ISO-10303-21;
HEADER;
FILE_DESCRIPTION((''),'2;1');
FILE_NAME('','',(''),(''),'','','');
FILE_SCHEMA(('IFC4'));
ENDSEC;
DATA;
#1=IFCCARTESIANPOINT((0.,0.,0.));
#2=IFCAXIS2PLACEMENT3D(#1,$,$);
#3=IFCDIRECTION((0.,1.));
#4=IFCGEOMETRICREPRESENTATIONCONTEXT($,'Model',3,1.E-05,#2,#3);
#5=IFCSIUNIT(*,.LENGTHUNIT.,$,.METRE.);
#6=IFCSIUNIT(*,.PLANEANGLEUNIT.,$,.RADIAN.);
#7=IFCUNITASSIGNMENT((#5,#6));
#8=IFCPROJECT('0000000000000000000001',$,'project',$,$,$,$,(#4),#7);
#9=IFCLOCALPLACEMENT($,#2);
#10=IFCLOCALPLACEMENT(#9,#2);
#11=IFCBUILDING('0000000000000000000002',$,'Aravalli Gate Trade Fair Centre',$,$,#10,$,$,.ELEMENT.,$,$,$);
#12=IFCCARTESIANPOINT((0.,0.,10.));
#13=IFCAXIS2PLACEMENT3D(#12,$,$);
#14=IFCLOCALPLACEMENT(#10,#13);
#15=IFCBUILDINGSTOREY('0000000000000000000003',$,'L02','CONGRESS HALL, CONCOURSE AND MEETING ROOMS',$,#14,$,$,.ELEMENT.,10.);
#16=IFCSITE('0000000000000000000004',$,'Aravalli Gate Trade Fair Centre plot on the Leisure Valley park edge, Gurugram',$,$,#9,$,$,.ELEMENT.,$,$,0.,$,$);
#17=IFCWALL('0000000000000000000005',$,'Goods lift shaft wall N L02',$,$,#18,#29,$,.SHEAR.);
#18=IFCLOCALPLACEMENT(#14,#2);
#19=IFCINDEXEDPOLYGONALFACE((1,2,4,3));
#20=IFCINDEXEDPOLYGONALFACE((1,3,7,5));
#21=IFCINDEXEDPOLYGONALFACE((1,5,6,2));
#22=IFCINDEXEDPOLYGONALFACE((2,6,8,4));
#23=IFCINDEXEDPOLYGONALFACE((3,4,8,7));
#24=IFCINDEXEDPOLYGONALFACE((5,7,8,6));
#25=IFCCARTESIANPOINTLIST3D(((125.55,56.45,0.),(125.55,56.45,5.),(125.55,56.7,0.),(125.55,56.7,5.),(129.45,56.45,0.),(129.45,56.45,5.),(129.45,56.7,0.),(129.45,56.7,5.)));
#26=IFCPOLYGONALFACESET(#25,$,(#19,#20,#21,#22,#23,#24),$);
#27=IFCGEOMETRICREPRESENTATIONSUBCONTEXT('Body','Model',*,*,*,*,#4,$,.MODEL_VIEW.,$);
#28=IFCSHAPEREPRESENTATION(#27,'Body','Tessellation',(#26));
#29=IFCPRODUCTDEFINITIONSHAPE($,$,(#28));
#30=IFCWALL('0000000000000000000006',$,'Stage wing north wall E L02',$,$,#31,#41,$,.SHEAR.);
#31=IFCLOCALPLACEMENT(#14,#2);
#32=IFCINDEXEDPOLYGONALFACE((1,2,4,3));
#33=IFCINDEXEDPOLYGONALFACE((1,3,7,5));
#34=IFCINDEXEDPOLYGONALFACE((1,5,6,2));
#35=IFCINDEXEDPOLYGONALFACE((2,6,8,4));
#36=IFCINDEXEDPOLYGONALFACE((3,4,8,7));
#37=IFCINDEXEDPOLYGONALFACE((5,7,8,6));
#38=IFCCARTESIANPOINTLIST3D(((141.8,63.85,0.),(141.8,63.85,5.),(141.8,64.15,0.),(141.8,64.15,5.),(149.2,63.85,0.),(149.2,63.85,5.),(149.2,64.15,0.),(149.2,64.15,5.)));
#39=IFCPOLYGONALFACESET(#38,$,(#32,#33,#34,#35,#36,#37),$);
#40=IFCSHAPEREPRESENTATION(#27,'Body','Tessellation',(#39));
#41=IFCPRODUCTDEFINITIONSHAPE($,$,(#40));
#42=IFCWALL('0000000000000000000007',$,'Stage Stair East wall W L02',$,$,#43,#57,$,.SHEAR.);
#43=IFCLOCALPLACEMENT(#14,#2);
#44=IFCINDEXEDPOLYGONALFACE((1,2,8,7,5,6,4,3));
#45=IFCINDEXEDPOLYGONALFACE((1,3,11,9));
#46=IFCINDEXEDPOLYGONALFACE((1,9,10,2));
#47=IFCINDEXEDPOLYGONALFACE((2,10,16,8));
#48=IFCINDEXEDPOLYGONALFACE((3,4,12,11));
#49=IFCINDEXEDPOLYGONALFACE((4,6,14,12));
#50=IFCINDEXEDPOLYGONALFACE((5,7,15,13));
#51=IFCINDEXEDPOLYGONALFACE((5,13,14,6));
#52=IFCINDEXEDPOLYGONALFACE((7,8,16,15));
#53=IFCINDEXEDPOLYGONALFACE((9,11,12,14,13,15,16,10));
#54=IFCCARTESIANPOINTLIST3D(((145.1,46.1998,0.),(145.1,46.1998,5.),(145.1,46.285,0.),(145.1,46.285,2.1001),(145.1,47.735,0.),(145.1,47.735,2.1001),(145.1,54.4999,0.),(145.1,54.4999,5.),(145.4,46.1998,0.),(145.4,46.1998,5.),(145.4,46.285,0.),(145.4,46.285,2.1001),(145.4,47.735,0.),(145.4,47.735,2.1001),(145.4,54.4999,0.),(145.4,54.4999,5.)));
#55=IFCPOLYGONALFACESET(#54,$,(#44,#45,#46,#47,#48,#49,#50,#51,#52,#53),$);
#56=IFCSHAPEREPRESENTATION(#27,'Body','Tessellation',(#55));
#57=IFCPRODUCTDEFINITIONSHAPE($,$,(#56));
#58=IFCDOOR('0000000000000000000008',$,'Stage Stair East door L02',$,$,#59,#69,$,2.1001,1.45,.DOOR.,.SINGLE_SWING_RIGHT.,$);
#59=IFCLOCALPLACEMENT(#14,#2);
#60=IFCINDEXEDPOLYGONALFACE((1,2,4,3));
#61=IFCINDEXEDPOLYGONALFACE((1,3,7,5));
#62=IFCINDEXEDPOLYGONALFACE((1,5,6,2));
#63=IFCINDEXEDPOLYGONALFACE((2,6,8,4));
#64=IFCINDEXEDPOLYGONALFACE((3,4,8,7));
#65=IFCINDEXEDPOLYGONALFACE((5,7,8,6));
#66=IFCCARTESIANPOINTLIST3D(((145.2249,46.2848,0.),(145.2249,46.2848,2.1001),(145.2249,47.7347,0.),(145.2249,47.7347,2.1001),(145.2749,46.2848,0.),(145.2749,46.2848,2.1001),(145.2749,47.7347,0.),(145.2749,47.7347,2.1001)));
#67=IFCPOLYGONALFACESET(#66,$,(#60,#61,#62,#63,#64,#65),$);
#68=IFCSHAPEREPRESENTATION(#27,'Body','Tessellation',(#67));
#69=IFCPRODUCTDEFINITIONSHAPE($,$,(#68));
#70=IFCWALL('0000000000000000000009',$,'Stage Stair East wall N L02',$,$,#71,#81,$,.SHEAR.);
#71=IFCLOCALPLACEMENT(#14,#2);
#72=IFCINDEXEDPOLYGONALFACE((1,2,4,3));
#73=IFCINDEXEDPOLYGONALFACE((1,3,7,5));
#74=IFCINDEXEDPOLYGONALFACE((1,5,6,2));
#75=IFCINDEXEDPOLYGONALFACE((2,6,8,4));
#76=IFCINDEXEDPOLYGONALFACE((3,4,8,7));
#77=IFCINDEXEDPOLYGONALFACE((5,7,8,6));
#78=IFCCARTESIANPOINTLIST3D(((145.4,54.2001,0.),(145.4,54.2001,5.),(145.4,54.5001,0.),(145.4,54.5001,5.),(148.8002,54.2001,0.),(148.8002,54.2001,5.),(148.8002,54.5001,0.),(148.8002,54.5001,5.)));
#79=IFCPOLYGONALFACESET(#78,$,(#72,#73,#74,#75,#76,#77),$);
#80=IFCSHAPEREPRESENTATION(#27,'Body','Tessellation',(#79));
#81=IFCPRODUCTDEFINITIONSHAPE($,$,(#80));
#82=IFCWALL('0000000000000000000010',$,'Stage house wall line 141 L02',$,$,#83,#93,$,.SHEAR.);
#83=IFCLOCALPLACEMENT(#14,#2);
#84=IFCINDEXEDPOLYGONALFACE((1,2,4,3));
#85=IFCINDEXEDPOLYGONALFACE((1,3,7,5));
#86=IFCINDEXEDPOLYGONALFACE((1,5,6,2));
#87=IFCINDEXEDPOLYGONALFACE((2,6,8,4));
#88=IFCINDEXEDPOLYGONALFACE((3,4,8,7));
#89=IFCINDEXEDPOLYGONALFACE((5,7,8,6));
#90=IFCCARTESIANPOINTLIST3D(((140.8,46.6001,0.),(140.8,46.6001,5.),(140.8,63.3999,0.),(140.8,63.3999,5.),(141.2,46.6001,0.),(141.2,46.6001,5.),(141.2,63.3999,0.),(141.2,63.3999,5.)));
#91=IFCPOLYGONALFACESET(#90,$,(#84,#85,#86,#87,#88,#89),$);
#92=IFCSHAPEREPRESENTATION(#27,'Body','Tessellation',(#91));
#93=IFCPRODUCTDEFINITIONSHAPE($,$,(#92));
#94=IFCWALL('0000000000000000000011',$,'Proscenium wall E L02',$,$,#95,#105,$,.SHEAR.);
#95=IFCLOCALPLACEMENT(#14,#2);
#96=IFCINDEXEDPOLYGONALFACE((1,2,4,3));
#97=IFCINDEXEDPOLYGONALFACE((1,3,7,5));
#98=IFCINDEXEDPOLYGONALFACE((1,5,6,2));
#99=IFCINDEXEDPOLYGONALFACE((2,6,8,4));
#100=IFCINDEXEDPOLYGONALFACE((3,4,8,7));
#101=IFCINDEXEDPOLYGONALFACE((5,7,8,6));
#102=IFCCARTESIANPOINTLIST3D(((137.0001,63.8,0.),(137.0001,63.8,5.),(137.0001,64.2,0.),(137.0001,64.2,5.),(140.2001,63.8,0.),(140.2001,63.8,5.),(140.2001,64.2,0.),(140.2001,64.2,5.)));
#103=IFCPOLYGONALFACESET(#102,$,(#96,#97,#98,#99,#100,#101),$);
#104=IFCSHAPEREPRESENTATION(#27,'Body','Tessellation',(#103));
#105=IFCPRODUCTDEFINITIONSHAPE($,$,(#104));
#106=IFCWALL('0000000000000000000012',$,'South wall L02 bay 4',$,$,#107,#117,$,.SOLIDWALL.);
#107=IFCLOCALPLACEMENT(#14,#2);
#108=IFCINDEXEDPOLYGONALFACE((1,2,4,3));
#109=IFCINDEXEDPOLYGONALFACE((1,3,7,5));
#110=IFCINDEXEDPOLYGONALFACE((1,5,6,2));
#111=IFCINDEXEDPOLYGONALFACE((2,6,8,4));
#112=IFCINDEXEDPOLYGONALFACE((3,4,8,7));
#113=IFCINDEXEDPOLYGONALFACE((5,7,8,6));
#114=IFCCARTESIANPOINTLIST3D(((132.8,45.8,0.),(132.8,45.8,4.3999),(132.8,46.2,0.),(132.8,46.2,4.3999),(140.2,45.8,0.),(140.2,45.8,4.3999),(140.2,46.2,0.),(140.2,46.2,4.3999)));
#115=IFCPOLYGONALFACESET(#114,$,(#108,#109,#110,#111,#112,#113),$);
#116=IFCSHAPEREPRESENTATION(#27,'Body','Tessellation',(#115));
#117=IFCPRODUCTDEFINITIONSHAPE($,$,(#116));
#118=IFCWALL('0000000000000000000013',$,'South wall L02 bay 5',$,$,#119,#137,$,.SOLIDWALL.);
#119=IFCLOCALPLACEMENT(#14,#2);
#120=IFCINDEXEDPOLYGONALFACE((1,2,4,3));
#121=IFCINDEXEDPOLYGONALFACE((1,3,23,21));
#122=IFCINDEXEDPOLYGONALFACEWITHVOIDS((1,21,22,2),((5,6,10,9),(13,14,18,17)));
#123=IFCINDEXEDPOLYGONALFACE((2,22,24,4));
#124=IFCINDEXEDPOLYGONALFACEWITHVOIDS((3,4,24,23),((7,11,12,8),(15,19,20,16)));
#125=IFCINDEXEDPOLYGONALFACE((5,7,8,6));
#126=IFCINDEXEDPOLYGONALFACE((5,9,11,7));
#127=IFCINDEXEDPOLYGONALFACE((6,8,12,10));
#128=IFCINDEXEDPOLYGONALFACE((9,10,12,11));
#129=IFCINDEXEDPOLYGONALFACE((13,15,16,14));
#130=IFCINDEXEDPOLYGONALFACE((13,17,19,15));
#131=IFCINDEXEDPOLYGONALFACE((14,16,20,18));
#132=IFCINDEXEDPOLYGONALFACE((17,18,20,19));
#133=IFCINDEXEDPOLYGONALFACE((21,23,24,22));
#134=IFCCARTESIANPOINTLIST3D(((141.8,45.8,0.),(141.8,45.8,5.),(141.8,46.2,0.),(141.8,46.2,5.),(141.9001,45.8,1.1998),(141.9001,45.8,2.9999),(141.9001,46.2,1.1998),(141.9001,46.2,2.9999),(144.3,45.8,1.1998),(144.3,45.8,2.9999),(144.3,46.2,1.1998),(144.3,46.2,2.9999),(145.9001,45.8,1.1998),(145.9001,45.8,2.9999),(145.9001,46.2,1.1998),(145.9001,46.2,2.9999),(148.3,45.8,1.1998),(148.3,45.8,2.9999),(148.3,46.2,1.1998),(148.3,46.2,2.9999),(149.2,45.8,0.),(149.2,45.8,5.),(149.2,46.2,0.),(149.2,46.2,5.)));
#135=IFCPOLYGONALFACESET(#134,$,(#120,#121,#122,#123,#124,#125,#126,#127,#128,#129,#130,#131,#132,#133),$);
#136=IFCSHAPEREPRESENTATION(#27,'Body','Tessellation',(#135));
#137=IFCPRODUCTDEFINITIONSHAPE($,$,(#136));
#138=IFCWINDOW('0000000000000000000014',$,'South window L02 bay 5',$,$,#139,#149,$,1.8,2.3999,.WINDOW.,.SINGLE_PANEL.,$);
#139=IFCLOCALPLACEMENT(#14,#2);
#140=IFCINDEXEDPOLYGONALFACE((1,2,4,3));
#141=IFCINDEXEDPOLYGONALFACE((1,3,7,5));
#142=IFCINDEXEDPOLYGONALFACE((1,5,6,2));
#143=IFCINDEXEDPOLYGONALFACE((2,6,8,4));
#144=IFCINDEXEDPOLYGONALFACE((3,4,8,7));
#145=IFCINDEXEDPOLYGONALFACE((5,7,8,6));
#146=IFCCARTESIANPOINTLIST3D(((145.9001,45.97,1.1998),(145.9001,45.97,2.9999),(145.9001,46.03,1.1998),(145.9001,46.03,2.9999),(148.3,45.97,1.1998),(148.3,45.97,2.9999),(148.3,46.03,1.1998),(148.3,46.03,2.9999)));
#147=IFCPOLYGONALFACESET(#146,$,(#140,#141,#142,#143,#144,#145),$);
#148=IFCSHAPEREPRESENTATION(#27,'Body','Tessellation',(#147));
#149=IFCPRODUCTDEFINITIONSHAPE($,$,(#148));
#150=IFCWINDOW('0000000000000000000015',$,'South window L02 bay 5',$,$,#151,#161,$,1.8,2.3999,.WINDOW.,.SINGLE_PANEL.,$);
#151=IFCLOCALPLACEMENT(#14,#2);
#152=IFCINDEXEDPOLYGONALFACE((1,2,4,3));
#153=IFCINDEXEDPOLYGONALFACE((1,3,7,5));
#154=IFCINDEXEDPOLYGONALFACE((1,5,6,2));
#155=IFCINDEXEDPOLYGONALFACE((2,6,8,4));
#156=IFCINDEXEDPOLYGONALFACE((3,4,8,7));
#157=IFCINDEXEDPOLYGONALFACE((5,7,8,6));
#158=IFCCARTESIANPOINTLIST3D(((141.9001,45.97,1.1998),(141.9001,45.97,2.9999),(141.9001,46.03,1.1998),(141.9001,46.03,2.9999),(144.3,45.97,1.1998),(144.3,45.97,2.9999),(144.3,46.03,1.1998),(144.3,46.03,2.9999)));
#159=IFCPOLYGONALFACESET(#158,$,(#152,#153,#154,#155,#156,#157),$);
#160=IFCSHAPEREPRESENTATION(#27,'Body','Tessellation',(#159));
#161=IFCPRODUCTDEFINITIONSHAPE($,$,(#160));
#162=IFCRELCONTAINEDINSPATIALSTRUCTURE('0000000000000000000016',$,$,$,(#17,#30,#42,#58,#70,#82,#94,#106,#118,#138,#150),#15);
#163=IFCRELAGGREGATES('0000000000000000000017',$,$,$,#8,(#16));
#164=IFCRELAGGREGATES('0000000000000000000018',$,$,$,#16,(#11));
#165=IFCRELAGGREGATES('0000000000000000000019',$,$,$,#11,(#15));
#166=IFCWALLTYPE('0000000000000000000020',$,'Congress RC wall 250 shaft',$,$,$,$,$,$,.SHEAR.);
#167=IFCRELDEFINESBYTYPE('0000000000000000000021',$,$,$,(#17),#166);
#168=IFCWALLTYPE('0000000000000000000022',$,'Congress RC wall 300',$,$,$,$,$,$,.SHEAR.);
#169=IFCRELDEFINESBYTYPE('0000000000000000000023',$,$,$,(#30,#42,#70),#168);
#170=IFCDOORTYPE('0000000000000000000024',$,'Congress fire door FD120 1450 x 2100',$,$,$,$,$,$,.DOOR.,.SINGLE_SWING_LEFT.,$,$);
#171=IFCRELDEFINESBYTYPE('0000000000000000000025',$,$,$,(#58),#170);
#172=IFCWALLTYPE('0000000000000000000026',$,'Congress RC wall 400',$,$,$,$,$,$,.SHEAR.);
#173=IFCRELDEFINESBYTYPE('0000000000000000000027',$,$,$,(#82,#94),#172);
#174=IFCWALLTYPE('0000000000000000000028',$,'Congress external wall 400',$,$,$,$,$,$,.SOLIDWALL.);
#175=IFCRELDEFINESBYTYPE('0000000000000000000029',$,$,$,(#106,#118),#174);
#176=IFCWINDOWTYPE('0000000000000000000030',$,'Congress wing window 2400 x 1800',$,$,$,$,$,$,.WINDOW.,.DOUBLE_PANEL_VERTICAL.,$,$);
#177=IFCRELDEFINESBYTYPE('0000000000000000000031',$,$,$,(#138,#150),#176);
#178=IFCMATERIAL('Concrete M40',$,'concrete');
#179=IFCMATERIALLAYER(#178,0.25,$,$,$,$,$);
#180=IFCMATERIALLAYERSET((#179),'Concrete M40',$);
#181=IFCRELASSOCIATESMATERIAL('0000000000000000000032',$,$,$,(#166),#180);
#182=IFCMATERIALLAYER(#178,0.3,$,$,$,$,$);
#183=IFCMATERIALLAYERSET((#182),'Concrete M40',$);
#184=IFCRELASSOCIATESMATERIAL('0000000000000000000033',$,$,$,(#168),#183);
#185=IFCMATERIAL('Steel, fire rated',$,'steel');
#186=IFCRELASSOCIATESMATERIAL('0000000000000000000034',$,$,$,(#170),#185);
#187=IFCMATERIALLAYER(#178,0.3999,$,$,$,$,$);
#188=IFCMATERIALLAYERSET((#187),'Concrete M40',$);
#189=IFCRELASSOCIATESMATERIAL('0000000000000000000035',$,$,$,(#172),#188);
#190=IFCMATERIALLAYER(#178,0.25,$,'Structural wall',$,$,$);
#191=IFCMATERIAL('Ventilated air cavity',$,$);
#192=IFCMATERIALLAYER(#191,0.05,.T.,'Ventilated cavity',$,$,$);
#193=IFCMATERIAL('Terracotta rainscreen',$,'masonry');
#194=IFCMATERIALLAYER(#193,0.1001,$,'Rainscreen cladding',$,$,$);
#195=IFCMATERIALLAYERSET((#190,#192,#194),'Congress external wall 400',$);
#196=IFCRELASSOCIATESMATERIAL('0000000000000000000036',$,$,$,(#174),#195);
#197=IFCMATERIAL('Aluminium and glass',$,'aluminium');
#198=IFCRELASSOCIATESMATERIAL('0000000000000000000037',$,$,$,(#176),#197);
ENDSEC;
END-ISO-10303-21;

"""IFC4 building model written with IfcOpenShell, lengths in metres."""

from ifc_helpers import new_model, si_unit, direction, frame, frame_2d, origin, place, context, subcontext, project, spatial, rectangle, extrude, material, layer, layer_set, type_object, element, fill, save


model = new_model("IFC4")

# Units and contexts
model_context = context("Model", 3, precision=1e-05, world=origin(), true_north=direction((0.0, 1.0)))
body_context = subcontext(model_context, "Body", "Model", "MODEL_VIEW")
ifc_project = project(units=[si_unit("LENGTHUNIT", "METRE"), si_unit("PLANEANGLEUNIT", "RADIAN")], contexts=[model_context])

# Site, building, storey
site_placement = place(None, origin())
site = spatial("IfcSite", under=ifc_project, at=site_placement, Name="Aravalli Gate Trade Fair Centre plot on the Leisure Valley park edge, Gurugram", CompositionType="ELEMENT", RefElevation=0.0)
building_placement = place(site_placement, origin())
building = spatial("IfcBuilding", under=site, at=building_placement, Name="Aravalli Gate Trade Fair Centre", CompositionType="ELEMENT")
storey_placement = place(building_placement, frame((0.0, 0.0, 10.0)))
storey = spatial("IfcBuildingStorey", under=building, at=storey_placement, Name="L02", Description="CONGRESS HALL, CONCOURSE AND MEETING ROOMS", CompositionType="ELEMENT", Elevation=10.0)

# Walls
ifc_material_1 = material(Name="Concrete M40", Category="concrete")
ifc_layer_1 = layer(ifc_material_1, 0.25)
ifc_layer_set_1 = layer_set([ifc_layer_1], Name="Concrete M40")
wall_type_1 = type_object("IfcWallType", Name="Congress RC wall 250 shaft", PredefinedType="SHEAR", material=ifc_layer_set_1)
wall_1_placement = place(storey_placement, frame((125.55, 56.575, 0.0), z_axis=(0.0, 0.0, 1.0), x_axis=(1.0, 0.0, 0.0)))
element("IfcWall", 1, at=wall_1_placement, inside=storey, type_object=wall_type_1, Name="Goods lift shaft wall N L02", PredefinedType="SHEAR", context=body_context, shape_type="SweptSolid", body=[
    extrude(rectangle(XDim=3.8999, YDim=0.25, at=frame_2d((1.95, 0.0))), origin(), (0.0, 0.0, 1.0), 5.0),
])
ifc_layer_2 = layer(ifc_material_1, 0.3)
ifc_layer_set_2 = layer_set([ifc_layer_2], Name="Concrete M40")
wall_type_2 = type_object("IfcWallType", Name="Congress RC wall 300", PredefinedType="SHEAR", material=ifc_layer_set_2)
wall_2_placement = place(storey_placement, frame((141.8, 64.0, 0.0), z_axis=(0.0, 0.0, 1.0), x_axis=(1.0, 0.0, 0.0)))
element("IfcWall", 2, at=wall_2_placement, inside=storey, type_object=wall_type_2, Name="Stage wing north wall E L02", PredefinedType="SHEAR", context=body_context, shape_type="SweptSolid", body=[
    extrude(rectangle(XDim=7.3999, YDim=0.3, at=frame_2d((3.7, 0.0))), origin(), (0.0, 0.0, 1.0), 5.0),
])

# Wall, opening, door
wall_3_placement = place(storey_placement, frame((145.25, 46.2, 0.0), z_axis=(0.0, 0.0, 1.0), x_axis=(0.0, 1.0, 0.0)))
wall_3 = element("IfcWall", 3, at=wall_3_placement, inside=storey, type_object=wall_type_2, Name="Stage Stair East wall W L02", PredefinedType="SHEAR", context=body_context, shape_type="SweptSolid", body=[
    extrude(rectangle(XDim=8.3, YDim=0.3, at=frame_2d((4.1499, 0.0))), origin(), (0.0, 0.0, 1.0), 5.0),
])
opening_1_placement = place(wall_3_placement, frame((0.085, 0.0, 0.0)))
opening_1 = element("IfcOpeningElement", 4, at=opening_1_placement, cuts=wall_3, PredefinedType="OPENING", context=body_context, shape_type="SweptSolid", body=[
    extrude(rectangle(XDim=1.45, YDim=2.1001, at=frame_2d((0.7251, 1.05))), frame((0.0, 0.1599, 0.0), z_axis=(0.0, -1.0, 0.0), x_axis=(1.0, 0.0, 0.0)), (0.0, 0.0, 1.0), 0.3201),
])
ifc_material_2 = material(Name="Steel, fire rated", Category="steel")
door_type_1 = type_object("IfcDoorType", Name="Congress fire door FD120 1450 x 2100", OperationType="SINGLE_SWING_LEFT", PredefinedType="DOOR", material=ifc_material_2)
door_1_placement = place(opening_1_placement, frame((1.45, 0.0, 0.0), z_axis=(0.0, 0.0, 1.0), x_axis=(-1.0, 0.0, 0.0)))
door_1 = element("IfcDoor", 5, at=door_1_placement, inside=storey, type_object=door_type_1, Name="Stage Stair East door L02", OperationType="SINGLE_SWING_RIGHT", OverallHeight=2.1001, OverallWidth=1.45, PredefinedType="DOOR", context=body_context, shape_type="SweptSolid", body=[
    extrude(rectangle(XDim=1.45, YDim=2.1001, at=frame_2d((0.7251, 1.05))), frame((0.0, 0.0249, 0.0), z_axis=(0.0, -1.0, 0.0), x_axis=(1.0, 0.0, 0.0)), (0.0, 0.0, 1.0), 0.05),
])
fill(opening_1, door_1)

# Walls
wall_4_placement = place(storey_placement, frame((145.3999, 54.3501, 0.0), z_axis=(0.0, 0.0, 1.0), x_axis=(1.0, 0.0, 0.0)))
element("IfcWall", 6, at=wall_4_placement, inside=storey, type_object=wall_type_2, Name="Stage Stair East wall N L02", PredefinedType="SHEAR", context=body_context, shape_type="SweptSolid", body=[
    extrude(rectangle(XDim=3.4001, YDim=0.3, at=frame_2d((1.7002, 0.0))), origin(), (0.0, 0.0, 1.0), 5.0),
])
ifc_layer_3 = layer(ifc_material_1, 0.3999)
ifc_layer_set_3 = layer_set([ifc_layer_3], Name="Concrete M40")
wall_type_3 = type_object("IfcWallType", Name="Congress RC wall 400", PredefinedType="SHEAR", material=ifc_layer_set_3)
wall_5_placement = place(storey_placement, frame((141.0, 46.6001, 0.0), z_axis=(0.0, 0.0, 1.0), x_axis=(0.0, 1.0, 0.0)))
element("IfcWall", 7, at=wall_5_placement, inside=storey, type_object=wall_type_3, Name="Stage house wall line 141 L02", PredefinedType="SHEAR", context=body_context, shape_type="SweptSolid", body=[
    extrude(rectangle(XDim=16.7998, YDim=0.3999, at=frame_2d((8.3999, 0.0))), origin(), (0.0, 0.0, 1.0), 5.0),
])
wall_6_placement = place(storey_placement, frame((137.0, 64.0, 0.0), z_axis=(0.0, 0.0, 1.0), x_axis=(1.0, 0.0, 0.0)))
element("IfcWall", 8, at=wall_6_placement, inside=storey, type_object=wall_type_3, Name="Proscenium wall E L02", PredefinedType="SHEAR", context=body_context, shape_type="SweptSolid", body=[
    extrude(rectangle(XDim=3.2, YDim=0.3999, at=frame_2d((1.6001, 0.0))), origin(), (0.0, 0.0, 1.0), 5.0),
])
ifc_layer_4 = layer(ifc_material_1, 0.25, Name="Structural wall")
ifc_material_3 = material(Name="Ventilated air cavity")
ifc_layer_5 = layer(ifc_material_3, 0.05, ventilated=True, Name="Ventilated cavity")
ifc_material_4 = material(Name="Terracotta rainscreen", Category="masonry")
ifc_layer_6 = layer(ifc_material_4, 0.1001, Name="Rainscreen cladding")
ifc_layer_set_4 = layer_set([ifc_layer_4, ifc_layer_5, ifc_layer_6], Name="Congress external wall 400")
wall_type_4 = type_object("IfcWallType", Name="Congress external wall 400", PredefinedType="SOLIDWALL", material=ifc_layer_set_4)
wall_7_placement = place(storey_placement, frame((132.8, 46.0, 0.0), z_axis=(0.0, 0.0, 1.0), x_axis=(1.0, 0.0, 0.0)))
element("IfcWall", 9, at=wall_7_placement, inside=storey, type_object=wall_type_4, Name="South wall L02 bay 4", PredefinedType="SOLIDWALL", context=body_context, shape_type="SweptSolid", body=[
    extrude(rectangle(XDim=7.3999, YDim=0.3999, at=frame_2d((3.7, 0.0))), origin(), (0.0, 0.0, 1.0), 4.3999),
])

# Wall, openings, windows
wall_8_placement = place(storey_placement, frame((141.8, 46.0, 0.0), z_axis=(0.0, 0.0, 1.0), x_axis=(1.0, 0.0, 0.0)))
wall_8 = element("IfcWall", 10, at=wall_8_placement, inside=storey, type_object=wall_type_4, Name="South wall L02 bay 5", PredefinedType="SOLIDWALL", context=body_context, shape_type="SweptSolid", body=[
    extrude(rectangle(XDim=7.3999, YDim=0.3999, at=frame_2d((3.7, 0.0))), origin(), (0.0, 0.0, 1.0), 5.0),
])
opening_2_placement = place(wall_8_placement, frame((4.1001, 0.0, 1.2)))
opening_2 = element("IfcOpeningElement", 11, at=opening_2_placement, cuts=wall_8, PredefinedType="OPENING", context=body_context, shape_type="SweptSolid", body=[
    extrude(rectangle(XDim=2.3999, YDim=1.8, at=frame_2d((1.2, 0.8999))), frame((0.0, 0.21, 0.0), z_axis=(0.0, -1.0, 0.0), x_axis=(1.0, 0.0, 0.0)), (0.0, 0.0, 1.0), 0.4199),
])
opening_3_placement = place(wall_8_placement, frame((0.1001, 0.0, 1.2)))
opening_3 = element("IfcOpeningElement", 12, at=opening_3_placement, cuts=wall_8, PredefinedType="OPENING", context=body_context, shape_type="SweptSolid", body=[
    extrude(rectangle(XDim=2.3999, YDim=1.8, at=frame_2d((1.2, 0.8999))), frame((0.0, 0.21, 0.0), z_axis=(0.0, -1.0, 0.0), x_axis=(1.0, 0.0, 0.0)), (0.0, 0.0, 1.0), 0.4199),
])
ifc_material_5 = material(Name="Aluminium and glass", Category="aluminium")
window_type = type_object("IfcWindowType", Name="Congress wing window 2400 x 1800", PartitioningType="DOUBLE_PANEL_VERTICAL", PredefinedType="WINDOW", material=ifc_material_5)
window_1_placement = place(opening_2_placement, origin())
window_1 = element("IfcWindow", 13, at=window_1_placement, inside=storey, type_object=window_type, Name="South window L02 bay 5", OverallHeight=1.8, OverallWidth=2.3999, PartitioningType="SINGLE_PANEL", PredefinedType="WINDOW", context=body_context, shape_type="SweptSolid", body=[
    extrude(rectangle(XDim=2.3999, YDim=1.8, at=frame_2d((1.2, 0.8999))), frame((0.0, 0.03, 0.0), z_axis=(0.0, -1.0, 0.0), x_axis=(1.0, 0.0, 0.0)), (0.0, 0.0, 1.0), 0.0601),
])
fill(opening_2, window_1)
window_2_placement = place(opening_3_placement, origin())
window_2 = element("IfcWindow", 14, at=window_2_placement, inside=storey, type_object=window_type, Name="South window L02 bay 5", OverallHeight=1.8, OverallWidth=2.3999, PartitioningType="SINGLE_PANEL", PredefinedType="WINDOW", context=body_context, shape_type="SweptSolid", body=[
    extrude(rectangle(XDim=2.3999, YDim=1.8, at=frame_2d((1.2, 0.8999))), frame((0.0, 0.03, 0.0), z_axis=(0.0, -1.0, 0.0), x_axis=(1.0, 0.0, 0.0)), (0.0, 0.0, 1.0), 0.0601),
])
fill(opening_3, window_2)

save(model, "model.ifc")
